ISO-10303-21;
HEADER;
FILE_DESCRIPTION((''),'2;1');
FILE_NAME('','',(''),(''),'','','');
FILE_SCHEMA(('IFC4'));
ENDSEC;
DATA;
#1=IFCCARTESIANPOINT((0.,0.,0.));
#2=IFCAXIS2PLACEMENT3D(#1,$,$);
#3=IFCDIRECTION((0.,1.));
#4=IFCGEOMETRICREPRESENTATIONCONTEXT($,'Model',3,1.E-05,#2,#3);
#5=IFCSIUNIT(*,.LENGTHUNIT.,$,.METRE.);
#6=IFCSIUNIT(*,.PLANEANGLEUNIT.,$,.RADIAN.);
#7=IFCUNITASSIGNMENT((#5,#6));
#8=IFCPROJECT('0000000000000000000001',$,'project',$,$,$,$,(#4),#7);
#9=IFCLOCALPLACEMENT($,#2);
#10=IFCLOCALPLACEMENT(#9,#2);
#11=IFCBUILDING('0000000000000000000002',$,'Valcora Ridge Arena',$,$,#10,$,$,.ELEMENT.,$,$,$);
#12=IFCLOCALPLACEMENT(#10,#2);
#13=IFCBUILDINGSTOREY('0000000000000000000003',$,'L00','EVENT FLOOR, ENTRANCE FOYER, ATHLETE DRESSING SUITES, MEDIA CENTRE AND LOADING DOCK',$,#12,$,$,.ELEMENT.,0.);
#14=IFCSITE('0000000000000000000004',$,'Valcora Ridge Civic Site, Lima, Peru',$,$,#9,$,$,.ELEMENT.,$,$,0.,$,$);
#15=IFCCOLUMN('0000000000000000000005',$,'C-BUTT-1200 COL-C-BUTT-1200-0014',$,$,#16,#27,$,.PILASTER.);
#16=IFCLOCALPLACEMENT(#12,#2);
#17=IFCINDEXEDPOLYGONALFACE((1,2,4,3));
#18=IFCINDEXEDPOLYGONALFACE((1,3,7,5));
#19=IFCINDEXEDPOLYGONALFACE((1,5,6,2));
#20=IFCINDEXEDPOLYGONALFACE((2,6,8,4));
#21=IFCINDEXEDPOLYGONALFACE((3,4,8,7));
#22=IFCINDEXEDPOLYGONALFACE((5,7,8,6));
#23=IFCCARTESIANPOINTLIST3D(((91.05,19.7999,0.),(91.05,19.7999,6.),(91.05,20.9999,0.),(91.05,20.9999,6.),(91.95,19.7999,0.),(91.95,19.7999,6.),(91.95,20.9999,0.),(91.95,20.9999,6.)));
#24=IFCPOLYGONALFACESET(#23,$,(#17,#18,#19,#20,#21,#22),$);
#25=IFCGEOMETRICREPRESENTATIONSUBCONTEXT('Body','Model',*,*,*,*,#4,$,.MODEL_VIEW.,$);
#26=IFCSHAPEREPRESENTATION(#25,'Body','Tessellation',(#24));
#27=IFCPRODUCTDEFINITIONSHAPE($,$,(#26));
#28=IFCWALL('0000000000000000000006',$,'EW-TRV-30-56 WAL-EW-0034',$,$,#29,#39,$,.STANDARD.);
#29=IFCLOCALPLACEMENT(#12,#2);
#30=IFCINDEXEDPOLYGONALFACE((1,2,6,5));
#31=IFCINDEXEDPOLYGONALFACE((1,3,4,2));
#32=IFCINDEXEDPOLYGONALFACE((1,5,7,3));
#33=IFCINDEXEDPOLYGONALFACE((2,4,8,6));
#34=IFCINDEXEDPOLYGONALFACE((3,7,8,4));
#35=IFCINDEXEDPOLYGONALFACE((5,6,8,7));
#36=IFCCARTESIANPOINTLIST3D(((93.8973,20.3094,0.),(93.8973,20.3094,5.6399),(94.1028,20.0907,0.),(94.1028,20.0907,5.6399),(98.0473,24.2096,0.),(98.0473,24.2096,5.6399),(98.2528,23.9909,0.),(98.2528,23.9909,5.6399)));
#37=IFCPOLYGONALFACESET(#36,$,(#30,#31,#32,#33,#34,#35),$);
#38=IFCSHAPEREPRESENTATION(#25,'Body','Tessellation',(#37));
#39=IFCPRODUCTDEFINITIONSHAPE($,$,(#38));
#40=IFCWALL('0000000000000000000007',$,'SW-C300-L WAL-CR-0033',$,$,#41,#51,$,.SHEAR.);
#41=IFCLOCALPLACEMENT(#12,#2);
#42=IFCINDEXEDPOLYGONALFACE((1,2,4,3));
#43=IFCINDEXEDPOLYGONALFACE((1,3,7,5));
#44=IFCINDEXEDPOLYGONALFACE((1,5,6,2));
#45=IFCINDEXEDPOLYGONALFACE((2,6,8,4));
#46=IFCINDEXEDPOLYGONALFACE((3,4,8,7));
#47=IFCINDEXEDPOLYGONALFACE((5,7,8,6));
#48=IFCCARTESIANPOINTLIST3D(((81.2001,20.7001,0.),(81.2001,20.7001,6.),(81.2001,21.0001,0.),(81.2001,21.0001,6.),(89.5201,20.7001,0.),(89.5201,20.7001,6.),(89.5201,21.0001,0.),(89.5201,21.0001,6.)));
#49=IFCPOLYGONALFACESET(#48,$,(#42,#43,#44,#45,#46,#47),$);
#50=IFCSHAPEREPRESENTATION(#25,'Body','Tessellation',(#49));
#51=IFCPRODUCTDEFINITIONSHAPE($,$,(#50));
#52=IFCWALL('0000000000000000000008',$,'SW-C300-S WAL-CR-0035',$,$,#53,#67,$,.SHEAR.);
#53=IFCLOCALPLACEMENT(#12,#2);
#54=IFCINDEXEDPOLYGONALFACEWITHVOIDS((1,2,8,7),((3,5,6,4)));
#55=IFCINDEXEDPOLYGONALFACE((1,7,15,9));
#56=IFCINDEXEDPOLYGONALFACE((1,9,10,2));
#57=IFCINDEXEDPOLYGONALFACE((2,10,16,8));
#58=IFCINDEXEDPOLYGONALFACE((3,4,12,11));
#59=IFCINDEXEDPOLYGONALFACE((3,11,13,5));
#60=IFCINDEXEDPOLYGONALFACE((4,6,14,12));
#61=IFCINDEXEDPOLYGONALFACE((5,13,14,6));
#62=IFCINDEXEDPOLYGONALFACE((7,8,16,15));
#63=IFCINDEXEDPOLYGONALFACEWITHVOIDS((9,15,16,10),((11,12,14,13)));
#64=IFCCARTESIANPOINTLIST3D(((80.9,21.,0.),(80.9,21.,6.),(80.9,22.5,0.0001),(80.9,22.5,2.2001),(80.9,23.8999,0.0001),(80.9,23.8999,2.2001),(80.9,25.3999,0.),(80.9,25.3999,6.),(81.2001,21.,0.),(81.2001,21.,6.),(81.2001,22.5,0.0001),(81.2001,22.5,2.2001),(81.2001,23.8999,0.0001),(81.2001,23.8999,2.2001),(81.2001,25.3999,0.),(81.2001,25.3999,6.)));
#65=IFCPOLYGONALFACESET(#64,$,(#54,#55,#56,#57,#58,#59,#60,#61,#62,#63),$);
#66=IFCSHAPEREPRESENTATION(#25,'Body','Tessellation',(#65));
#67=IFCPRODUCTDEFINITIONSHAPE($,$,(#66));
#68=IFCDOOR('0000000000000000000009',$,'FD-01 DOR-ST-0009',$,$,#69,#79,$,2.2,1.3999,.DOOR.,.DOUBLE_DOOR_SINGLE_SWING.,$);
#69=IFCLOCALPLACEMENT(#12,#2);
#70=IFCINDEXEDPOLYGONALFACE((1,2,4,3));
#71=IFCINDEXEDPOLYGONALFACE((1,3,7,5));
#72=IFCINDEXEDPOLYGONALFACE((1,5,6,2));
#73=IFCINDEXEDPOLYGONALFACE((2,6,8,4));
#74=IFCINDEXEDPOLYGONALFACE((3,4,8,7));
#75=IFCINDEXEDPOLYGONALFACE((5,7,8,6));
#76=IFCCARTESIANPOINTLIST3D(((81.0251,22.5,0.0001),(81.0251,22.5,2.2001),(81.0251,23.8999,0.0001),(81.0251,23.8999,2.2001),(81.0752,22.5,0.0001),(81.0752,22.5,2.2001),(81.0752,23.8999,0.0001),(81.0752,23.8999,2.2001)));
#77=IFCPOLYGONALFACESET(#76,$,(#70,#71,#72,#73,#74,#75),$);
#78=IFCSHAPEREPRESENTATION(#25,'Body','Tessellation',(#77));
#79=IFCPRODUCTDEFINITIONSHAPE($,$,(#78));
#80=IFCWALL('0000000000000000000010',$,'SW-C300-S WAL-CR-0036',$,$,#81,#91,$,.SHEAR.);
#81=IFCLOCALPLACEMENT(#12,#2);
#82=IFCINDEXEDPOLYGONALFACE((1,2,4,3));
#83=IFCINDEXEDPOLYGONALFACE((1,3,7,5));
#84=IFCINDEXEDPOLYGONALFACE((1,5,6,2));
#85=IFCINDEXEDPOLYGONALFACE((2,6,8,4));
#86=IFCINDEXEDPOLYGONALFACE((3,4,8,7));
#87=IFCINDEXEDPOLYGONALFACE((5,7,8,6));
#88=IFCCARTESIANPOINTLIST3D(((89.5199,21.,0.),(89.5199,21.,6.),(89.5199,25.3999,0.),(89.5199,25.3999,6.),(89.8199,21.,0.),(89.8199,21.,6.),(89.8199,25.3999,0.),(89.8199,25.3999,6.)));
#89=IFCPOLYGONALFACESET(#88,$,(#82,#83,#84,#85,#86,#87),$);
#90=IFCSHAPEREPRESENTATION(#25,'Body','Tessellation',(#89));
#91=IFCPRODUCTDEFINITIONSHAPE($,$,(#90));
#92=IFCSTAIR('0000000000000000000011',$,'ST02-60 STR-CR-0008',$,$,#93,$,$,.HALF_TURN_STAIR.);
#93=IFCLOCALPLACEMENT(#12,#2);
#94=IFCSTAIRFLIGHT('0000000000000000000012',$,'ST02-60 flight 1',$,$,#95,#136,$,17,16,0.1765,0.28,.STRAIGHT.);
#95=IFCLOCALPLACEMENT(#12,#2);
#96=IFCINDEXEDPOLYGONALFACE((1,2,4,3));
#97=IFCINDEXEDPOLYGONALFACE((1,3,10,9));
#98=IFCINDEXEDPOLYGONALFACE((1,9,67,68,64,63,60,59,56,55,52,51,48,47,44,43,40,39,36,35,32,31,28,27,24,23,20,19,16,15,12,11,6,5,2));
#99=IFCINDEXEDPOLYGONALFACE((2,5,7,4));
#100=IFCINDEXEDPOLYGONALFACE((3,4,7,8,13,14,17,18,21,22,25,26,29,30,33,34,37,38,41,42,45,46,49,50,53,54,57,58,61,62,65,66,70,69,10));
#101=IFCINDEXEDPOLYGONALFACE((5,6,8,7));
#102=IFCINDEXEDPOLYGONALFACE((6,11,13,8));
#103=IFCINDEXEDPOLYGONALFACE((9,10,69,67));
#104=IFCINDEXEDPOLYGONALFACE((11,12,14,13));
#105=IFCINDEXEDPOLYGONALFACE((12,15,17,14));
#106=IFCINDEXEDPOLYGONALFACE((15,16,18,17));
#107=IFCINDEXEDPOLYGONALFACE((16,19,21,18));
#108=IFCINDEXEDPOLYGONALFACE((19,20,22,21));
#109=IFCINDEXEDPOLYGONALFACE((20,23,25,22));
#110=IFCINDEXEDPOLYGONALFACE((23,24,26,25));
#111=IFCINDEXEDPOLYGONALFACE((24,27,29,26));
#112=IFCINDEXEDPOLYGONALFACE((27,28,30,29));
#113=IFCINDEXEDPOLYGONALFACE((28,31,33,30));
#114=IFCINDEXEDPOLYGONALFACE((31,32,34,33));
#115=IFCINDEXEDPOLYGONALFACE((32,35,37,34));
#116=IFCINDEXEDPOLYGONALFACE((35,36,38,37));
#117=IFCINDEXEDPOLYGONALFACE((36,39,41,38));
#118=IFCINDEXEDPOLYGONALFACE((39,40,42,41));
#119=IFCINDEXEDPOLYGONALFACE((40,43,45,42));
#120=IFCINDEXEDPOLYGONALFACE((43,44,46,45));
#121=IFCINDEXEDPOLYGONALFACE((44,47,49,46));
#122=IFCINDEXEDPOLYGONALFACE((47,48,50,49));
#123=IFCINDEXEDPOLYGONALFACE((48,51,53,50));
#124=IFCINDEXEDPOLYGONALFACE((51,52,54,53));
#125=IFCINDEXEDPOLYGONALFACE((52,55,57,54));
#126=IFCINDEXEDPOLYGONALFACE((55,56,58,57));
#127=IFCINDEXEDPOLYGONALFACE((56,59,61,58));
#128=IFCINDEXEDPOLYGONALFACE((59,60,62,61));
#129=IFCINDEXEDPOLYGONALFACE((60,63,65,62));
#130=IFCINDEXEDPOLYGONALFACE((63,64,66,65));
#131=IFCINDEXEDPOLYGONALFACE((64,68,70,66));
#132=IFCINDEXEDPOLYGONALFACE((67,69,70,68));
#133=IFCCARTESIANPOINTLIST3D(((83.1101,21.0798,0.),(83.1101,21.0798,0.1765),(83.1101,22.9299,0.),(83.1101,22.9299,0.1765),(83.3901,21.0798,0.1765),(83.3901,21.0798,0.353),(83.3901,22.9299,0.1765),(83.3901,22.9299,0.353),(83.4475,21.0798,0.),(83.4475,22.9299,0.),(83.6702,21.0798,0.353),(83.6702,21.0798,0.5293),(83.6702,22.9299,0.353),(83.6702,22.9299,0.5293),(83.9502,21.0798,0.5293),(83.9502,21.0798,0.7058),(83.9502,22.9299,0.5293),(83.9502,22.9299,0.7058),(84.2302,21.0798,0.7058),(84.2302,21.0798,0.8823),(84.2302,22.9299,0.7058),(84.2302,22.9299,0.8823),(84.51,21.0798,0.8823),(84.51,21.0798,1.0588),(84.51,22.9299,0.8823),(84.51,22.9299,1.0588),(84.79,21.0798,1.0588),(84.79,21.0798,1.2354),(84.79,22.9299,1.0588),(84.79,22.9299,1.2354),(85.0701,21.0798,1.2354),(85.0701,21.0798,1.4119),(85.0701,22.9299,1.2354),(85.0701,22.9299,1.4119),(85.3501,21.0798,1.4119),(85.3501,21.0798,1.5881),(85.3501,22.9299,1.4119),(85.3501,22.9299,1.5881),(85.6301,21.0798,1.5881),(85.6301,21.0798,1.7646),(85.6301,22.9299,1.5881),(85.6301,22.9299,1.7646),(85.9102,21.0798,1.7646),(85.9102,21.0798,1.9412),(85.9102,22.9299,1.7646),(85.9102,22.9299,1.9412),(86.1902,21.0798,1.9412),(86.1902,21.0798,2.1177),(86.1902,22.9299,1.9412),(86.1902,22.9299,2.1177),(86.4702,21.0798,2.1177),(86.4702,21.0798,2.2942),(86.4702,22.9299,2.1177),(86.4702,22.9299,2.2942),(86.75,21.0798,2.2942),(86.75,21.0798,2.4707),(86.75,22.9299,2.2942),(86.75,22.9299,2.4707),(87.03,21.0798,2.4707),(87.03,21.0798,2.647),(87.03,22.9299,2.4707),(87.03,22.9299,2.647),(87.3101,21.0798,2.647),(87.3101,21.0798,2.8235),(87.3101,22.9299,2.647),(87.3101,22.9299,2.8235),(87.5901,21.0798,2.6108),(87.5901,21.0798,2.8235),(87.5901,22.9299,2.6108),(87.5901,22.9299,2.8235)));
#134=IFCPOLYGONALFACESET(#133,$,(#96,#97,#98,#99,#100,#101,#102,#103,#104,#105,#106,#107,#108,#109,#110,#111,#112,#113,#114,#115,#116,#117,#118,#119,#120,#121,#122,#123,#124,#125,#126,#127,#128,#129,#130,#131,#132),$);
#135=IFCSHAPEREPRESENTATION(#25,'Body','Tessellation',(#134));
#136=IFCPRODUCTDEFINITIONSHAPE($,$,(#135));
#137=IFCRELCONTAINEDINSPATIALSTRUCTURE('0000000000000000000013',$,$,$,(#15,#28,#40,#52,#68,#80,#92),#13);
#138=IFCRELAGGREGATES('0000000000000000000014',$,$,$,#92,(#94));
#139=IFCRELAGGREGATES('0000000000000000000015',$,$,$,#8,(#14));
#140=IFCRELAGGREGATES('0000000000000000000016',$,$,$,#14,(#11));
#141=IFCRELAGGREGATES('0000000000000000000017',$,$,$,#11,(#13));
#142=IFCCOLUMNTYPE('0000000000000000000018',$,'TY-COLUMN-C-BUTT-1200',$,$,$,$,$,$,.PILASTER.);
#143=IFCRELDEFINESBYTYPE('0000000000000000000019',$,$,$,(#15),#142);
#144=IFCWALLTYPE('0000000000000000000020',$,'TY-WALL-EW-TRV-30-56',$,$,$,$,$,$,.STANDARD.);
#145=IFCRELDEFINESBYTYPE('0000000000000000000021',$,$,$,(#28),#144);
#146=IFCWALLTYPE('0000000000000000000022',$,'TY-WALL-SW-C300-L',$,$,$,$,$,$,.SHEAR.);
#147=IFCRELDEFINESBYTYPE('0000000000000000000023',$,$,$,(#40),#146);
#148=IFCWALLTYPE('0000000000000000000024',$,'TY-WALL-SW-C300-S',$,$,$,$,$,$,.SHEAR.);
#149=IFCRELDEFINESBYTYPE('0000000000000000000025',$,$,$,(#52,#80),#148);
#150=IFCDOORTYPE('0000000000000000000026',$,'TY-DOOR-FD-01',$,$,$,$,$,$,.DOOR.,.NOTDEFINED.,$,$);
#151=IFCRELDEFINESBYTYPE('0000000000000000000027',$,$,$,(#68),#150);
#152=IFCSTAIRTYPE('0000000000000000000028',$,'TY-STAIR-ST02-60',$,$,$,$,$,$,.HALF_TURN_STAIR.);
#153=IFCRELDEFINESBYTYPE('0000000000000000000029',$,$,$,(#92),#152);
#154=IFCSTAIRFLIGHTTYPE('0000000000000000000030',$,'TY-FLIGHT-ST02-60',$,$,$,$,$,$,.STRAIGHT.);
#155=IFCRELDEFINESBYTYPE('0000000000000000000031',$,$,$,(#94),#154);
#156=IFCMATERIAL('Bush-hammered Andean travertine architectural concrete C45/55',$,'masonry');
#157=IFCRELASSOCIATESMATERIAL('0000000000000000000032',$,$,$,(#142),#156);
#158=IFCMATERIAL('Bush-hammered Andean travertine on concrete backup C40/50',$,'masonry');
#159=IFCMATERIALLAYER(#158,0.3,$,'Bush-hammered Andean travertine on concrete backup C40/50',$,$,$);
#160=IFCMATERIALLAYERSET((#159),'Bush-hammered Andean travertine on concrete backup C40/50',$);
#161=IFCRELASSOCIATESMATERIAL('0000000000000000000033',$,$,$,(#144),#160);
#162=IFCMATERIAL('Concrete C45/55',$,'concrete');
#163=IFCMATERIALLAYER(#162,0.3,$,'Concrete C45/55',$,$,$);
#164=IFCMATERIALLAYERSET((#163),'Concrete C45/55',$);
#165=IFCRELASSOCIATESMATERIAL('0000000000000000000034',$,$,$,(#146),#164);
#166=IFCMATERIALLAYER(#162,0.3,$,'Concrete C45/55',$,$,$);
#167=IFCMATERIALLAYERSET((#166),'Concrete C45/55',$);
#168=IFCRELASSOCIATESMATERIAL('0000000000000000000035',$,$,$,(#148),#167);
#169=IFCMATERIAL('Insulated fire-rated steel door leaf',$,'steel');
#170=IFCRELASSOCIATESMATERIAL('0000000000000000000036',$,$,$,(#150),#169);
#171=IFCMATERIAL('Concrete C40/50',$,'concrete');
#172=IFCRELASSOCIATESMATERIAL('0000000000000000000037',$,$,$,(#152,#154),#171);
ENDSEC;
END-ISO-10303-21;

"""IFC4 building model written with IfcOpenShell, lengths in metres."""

from ifc_helpers import new_model, si_unit, direction, frame, frame_2d, origin, origin_2d, place, context, subcontext, project, spatial, polyline, rectangle, outline, extrude, material, layer, layer_set, material_profile, profile_set, type_object, element, fill, aggregate, save


model = new_model("IFC4")

# Units and contexts
model_context = context("Model", 3, precision=1e-05, world=origin(), true_north=direction((0.0, 1.0)))
body_context = subcontext(model_context, "Body", "Model", "MODEL_VIEW")
ifc_project = project(units=[si_unit("LENGTHUNIT", "METRE"), si_unit("PLANEANGLEUNIT", "RADIAN")], contexts=[model_context])

# Site, building, storey
site_placement = place(None, origin())
site = spatial("IfcSite", under=ifc_project, at=site_placement, Name="Valcora Ridge Civic Site, Lima, Peru", CompositionType="ELEMENT", RefElevation=0.0)
building_placement = place(site_placement, origin())
building = spatial("IfcBuilding", under=site, at=building_placement, Name="Valcora Ridge Arena", CompositionType="ELEMENT")
storey_placement = place(building_placement, origin())
storey = spatial("IfcBuildingStorey", under=building, at=storey_placement, Name="L00", Description="EVENT FLOOR, ENTRANCE FOYER, ATHLETE DRESSING SUITES, MEDIA CENTRE AND LOADING DOCK", CompositionType="ELEMENT", Elevation=0.0)

# Column
ifc_material_1 = material(Name="Bush-hammered Andean travertine architectural concrete C45/55", Category="masonry")
ifc_material_profile = material_profile(ifc_material_1, rectangle(XDim=0.8999, YDim=1.2, at=origin_2d()), Name="RC 900x1200")
ifc_profile_set = profile_set([ifc_material_profile], Name="Bush-hammered Andean travertine architectural concrete C45/55")
column_type = type_object("IfcColumnType", Name="TY-COLUMN-C-BUTT-1200", PredefinedType="PILASTER", material=ifc_profile_set)
column_placement = place(storey_placement, frame((91.5, 20.3999, 0.0), z_axis=(0.0, 0.0, 1.0), x_axis=(1.0, 0.0, 0.0)))
element("IfcColumn", 1, at=column_placement, inside=storey, type_object=column_type, Name="C-BUTT-1200 COL-C-BUTT-1200-0014", PredefinedType="PILASTER", context=body_context, shape_type="SweptSolid", body=[
    extrude(rectangle(XDim=0.8999, YDim=1.2, at=origin_2d()), origin(), (0.0, 0.0, 1.0), 6.0),
])

# Walls
ifc_material_2 = material(Name="Bush-hammered Andean travertine on concrete backup C40/50", Category="masonry")
ifc_layer_1 = layer(ifc_material_2, 0.3, Name="Bush-hammered Andean travertine on concrete backup C40/50")
ifc_layer_set_1 = layer_set([ifc_layer_1], Name="Bush-hammered Andean travertine on concrete backup C40/50")
wall_type_1 = type_object("IfcWallType", Name="TY-WALL-EW-TRV-30-56", PredefinedType="STANDARD", material=ifc_layer_set_1)
wall_1_placement = place(storey_placement, frame((94.0, 20.2, 0.0), z_axis=(0.0, 0.0, 1.0), x_axis=(0.728694, 0.684839, 0.0)))
element("IfcWall", 2, at=wall_1_placement, inside=storey, type_object=wall_type_1, Name="EW-TRV-30-56 WAL-EW-0034", PredefinedType="STANDARD", context=body_context, shape_type="SweptSolid", body=[
    extrude(rectangle(XDim=5.6951, YDim=0.3, at=frame_2d((2.8477, 0.0))), origin(), (0.0, 0.0, 1.0), 5.6399),
])
ifc_material_3 = material(Name="Concrete C45/55", Category="concrete")
ifc_layer_2 = layer(ifc_material_3, 0.3, Name="Concrete C45/55")
ifc_layer_set_2 = layer_set([ifc_layer_2], Name="Concrete C45/55")
wall_type_2 = type_object("IfcWallType", Name="TY-WALL-SW-C300-L", PredefinedType="SHEAR", material=ifc_layer_set_2)
wall_2_placement = place(storey_placement, frame((81.2, 20.8501, 0.0), z_axis=(0.0, 0.0, 1.0), x_axis=(1.0, 0.0, 0.0)))
element("IfcWall", 3, at=wall_2_placement, inside=storey, type_object=wall_type_2, Name="SW-C300-L WAL-CR-0033", PredefinedType="SHEAR", context=body_context, shape_type="SweptSolid", body=[
    extrude(rectangle(XDim=8.3201, YDim=0.3, at=frame_2d((4.1602, 0.0))), origin(), (0.0, 0.0, 1.0), 6.0),
])

# Wall, opening, door
ifc_layer_3 = layer(ifc_material_3, 0.3, Name="Concrete C45/55")
ifc_layer_set_3 = layer_set([ifc_layer_3], Name="Concrete C45/55")
wall_type_3 = type_object("IfcWallType", Name="TY-WALL-SW-C300-S", PredefinedType="SHEAR", material=ifc_layer_set_3)
wall_3_placement = place(storey_placement, frame((81.05, 21.0, 0.0), z_axis=(0.0, 0.0, 1.0), x_axis=(0.0, 1.0, 0.0)))
wall_3 = element("IfcWall", 4, at=wall_3_placement, inside=storey, type_object=wall_type_3, Name="SW-C300-S WAL-CR-0035", PredefinedType="SHEAR", context=body_context, shape_type="SweptSolid", body=[
    extrude(rectangle(XDim=4.3999, YDim=0.3, at=frame_2d((2.2, 0.0))), origin(), (0.0, 0.0, 1.0), 6.0),
])
opening_placement = place(wall_3_placement, frame((1.5, 0.0, 0.0)))
opening = element("IfcOpeningElement", 5, at=opening_placement, cuts=wall_3, PredefinedType="OPENING", context=body_context, shape_type="SweptSolid", body=[
    extrude(rectangle(XDim=1.3999, YDim=2.2, at=frame_2d((0.7, 1.1001))), frame((0.0, 0.1599, 0.0), z_axis=(0.0, -1.0, 0.0), x_axis=(1.0, 0.0, 0.0)), (0.0, 0.0, 1.0), 0.3201),
])
ifc_material_4 = material(Name="Insulated fire-rated steel door leaf", Category="steel")
door_type = type_object("IfcDoorType", Name="TY-DOOR-FD-01", OperationType="NOTDEFINED", PredefinedType="DOOR", material=ifc_material_4)
door_placement = place(opening_placement, origin())
door = element("IfcDoor", 6, at=door_placement, inside=storey, type_object=door_type, Name="FD-01 DOR-ST-0009", OperationType="DOUBLE_DOOR_SINGLE_SWING", OverallHeight=2.2, OverallWidth=1.3999, PredefinedType="DOOR", context=body_context, shape_type="SweptSolid", body=[
    extrude(rectangle(XDim=1.3999, YDim=2.2, at=frame_2d((0.7, 1.1001))), frame((0.0, 0.0249, 0.0), z_axis=(0.0, -1.0, 0.0), x_axis=(1.0, 0.0, 0.0)), (0.0, 0.0, 1.0), 0.05),
])
fill(opening, door)

# Wall
wall_4_placement = place(storey_placement, frame((89.6699, 21.0, 0.0), z_axis=(0.0, 0.0, 1.0), x_axis=(0.0, 1.0, 0.0)))
element("IfcWall", 7, at=wall_4_placement, inside=storey, type_object=wall_type_3, Name="SW-C300-S WAL-CR-0036", PredefinedType="SHEAR", context=body_context, shape_type="SweptSolid", body=[
    extrude(rectangle(XDim=4.3999, YDim=0.3, at=frame_2d((2.2, 0.0))), origin(), (0.0, 0.0, 1.0), 6.0),
])

# Stair, stair flight
ifc_material_5 = material(Name="Concrete C40/50", Category="concrete")
stair_type = type_object("IfcStairType", Name="TY-STAIR-ST02-60", PredefinedType="HALF_TURN_STAIR", material=ifc_material_5)
stair_placement = place(storey_placement, origin())
stair = element("IfcStair", 8, at=stair_placement, inside=storey, type_object=stair_type, Name="ST02-60 STR-CR-0008", PredefinedType="HALF_TURN_STAIR")
stair_flight_type = type_object("IfcStairFlightType", Name="TY-FLIGHT-ST02-60", PredefinedType="STRAIGHT", material=ifc_material_5)
stair_flight_1_placement = place(storey_placement, frame((83.1101, 22.0049, 0.0), z_axis=(0.0, 0.0, 1.0), x_axis=(1.0, 0.0, 0.0)))
stair_flight_1 = element("IfcStairFlight", 9, at=stair_flight_1_placement, type_object=stair_flight_type, Name="ST02-60 flight 1", NumberOfRisers=17, NumberOfTreads=16, PredefinedType="STRAIGHT", RiserHeight=0.1765, TreadLength=0.28, context=body_context, shape_type="SweptSolid", body=[
    extrude(outline(polyline([(0.0, 0.0), (0.0, 0.1765), (0.28, 0.1765), (0.28, 0.353), (0.5601, 0.353), (0.5601, 0.5293), (0.8401, 0.5293), (0.8401, 0.7058), (1.1201, 0.7058), (1.1201, 0.8823), (1.3999, 0.8823), (1.3999, 1.0588), (1.6799, 1.0588), (1.6799, 1.2354), (1.96, 1.2354), (1.96, 1.4119), (2.24, 1.4119), (2.24, 1.5881), (2.52, 1.5881), (2.52, 1.7646), (2.8, 1.7646), (2.8, 1.9412), (3.0801, 1.9412), (3.0801, 2.1177), (3.3601, 2.1177), (3.3601, 2.2942), (3.6399, 2.2942), (3.6399, 2.4707), (3.9199, 2.4707), (3.9199, 2.647), (4.2, 2.647), (4.2, 2.8235), (4.48, 2.8235), (4.48, 3.0), (4.48, 2.6108), (0.3374, 0.0), (0.0, 0.0)])), frame((0.0, 0.925, 0.0), z_axis=(0.0, -1.0, 0.0), x_axis=(1.0, 0.0, 0.0)), (0.0, 0.0, 1.0), 1.8501),
])
aggregate(stair, [stair_flight_1])

save(model, "model.ifc")
